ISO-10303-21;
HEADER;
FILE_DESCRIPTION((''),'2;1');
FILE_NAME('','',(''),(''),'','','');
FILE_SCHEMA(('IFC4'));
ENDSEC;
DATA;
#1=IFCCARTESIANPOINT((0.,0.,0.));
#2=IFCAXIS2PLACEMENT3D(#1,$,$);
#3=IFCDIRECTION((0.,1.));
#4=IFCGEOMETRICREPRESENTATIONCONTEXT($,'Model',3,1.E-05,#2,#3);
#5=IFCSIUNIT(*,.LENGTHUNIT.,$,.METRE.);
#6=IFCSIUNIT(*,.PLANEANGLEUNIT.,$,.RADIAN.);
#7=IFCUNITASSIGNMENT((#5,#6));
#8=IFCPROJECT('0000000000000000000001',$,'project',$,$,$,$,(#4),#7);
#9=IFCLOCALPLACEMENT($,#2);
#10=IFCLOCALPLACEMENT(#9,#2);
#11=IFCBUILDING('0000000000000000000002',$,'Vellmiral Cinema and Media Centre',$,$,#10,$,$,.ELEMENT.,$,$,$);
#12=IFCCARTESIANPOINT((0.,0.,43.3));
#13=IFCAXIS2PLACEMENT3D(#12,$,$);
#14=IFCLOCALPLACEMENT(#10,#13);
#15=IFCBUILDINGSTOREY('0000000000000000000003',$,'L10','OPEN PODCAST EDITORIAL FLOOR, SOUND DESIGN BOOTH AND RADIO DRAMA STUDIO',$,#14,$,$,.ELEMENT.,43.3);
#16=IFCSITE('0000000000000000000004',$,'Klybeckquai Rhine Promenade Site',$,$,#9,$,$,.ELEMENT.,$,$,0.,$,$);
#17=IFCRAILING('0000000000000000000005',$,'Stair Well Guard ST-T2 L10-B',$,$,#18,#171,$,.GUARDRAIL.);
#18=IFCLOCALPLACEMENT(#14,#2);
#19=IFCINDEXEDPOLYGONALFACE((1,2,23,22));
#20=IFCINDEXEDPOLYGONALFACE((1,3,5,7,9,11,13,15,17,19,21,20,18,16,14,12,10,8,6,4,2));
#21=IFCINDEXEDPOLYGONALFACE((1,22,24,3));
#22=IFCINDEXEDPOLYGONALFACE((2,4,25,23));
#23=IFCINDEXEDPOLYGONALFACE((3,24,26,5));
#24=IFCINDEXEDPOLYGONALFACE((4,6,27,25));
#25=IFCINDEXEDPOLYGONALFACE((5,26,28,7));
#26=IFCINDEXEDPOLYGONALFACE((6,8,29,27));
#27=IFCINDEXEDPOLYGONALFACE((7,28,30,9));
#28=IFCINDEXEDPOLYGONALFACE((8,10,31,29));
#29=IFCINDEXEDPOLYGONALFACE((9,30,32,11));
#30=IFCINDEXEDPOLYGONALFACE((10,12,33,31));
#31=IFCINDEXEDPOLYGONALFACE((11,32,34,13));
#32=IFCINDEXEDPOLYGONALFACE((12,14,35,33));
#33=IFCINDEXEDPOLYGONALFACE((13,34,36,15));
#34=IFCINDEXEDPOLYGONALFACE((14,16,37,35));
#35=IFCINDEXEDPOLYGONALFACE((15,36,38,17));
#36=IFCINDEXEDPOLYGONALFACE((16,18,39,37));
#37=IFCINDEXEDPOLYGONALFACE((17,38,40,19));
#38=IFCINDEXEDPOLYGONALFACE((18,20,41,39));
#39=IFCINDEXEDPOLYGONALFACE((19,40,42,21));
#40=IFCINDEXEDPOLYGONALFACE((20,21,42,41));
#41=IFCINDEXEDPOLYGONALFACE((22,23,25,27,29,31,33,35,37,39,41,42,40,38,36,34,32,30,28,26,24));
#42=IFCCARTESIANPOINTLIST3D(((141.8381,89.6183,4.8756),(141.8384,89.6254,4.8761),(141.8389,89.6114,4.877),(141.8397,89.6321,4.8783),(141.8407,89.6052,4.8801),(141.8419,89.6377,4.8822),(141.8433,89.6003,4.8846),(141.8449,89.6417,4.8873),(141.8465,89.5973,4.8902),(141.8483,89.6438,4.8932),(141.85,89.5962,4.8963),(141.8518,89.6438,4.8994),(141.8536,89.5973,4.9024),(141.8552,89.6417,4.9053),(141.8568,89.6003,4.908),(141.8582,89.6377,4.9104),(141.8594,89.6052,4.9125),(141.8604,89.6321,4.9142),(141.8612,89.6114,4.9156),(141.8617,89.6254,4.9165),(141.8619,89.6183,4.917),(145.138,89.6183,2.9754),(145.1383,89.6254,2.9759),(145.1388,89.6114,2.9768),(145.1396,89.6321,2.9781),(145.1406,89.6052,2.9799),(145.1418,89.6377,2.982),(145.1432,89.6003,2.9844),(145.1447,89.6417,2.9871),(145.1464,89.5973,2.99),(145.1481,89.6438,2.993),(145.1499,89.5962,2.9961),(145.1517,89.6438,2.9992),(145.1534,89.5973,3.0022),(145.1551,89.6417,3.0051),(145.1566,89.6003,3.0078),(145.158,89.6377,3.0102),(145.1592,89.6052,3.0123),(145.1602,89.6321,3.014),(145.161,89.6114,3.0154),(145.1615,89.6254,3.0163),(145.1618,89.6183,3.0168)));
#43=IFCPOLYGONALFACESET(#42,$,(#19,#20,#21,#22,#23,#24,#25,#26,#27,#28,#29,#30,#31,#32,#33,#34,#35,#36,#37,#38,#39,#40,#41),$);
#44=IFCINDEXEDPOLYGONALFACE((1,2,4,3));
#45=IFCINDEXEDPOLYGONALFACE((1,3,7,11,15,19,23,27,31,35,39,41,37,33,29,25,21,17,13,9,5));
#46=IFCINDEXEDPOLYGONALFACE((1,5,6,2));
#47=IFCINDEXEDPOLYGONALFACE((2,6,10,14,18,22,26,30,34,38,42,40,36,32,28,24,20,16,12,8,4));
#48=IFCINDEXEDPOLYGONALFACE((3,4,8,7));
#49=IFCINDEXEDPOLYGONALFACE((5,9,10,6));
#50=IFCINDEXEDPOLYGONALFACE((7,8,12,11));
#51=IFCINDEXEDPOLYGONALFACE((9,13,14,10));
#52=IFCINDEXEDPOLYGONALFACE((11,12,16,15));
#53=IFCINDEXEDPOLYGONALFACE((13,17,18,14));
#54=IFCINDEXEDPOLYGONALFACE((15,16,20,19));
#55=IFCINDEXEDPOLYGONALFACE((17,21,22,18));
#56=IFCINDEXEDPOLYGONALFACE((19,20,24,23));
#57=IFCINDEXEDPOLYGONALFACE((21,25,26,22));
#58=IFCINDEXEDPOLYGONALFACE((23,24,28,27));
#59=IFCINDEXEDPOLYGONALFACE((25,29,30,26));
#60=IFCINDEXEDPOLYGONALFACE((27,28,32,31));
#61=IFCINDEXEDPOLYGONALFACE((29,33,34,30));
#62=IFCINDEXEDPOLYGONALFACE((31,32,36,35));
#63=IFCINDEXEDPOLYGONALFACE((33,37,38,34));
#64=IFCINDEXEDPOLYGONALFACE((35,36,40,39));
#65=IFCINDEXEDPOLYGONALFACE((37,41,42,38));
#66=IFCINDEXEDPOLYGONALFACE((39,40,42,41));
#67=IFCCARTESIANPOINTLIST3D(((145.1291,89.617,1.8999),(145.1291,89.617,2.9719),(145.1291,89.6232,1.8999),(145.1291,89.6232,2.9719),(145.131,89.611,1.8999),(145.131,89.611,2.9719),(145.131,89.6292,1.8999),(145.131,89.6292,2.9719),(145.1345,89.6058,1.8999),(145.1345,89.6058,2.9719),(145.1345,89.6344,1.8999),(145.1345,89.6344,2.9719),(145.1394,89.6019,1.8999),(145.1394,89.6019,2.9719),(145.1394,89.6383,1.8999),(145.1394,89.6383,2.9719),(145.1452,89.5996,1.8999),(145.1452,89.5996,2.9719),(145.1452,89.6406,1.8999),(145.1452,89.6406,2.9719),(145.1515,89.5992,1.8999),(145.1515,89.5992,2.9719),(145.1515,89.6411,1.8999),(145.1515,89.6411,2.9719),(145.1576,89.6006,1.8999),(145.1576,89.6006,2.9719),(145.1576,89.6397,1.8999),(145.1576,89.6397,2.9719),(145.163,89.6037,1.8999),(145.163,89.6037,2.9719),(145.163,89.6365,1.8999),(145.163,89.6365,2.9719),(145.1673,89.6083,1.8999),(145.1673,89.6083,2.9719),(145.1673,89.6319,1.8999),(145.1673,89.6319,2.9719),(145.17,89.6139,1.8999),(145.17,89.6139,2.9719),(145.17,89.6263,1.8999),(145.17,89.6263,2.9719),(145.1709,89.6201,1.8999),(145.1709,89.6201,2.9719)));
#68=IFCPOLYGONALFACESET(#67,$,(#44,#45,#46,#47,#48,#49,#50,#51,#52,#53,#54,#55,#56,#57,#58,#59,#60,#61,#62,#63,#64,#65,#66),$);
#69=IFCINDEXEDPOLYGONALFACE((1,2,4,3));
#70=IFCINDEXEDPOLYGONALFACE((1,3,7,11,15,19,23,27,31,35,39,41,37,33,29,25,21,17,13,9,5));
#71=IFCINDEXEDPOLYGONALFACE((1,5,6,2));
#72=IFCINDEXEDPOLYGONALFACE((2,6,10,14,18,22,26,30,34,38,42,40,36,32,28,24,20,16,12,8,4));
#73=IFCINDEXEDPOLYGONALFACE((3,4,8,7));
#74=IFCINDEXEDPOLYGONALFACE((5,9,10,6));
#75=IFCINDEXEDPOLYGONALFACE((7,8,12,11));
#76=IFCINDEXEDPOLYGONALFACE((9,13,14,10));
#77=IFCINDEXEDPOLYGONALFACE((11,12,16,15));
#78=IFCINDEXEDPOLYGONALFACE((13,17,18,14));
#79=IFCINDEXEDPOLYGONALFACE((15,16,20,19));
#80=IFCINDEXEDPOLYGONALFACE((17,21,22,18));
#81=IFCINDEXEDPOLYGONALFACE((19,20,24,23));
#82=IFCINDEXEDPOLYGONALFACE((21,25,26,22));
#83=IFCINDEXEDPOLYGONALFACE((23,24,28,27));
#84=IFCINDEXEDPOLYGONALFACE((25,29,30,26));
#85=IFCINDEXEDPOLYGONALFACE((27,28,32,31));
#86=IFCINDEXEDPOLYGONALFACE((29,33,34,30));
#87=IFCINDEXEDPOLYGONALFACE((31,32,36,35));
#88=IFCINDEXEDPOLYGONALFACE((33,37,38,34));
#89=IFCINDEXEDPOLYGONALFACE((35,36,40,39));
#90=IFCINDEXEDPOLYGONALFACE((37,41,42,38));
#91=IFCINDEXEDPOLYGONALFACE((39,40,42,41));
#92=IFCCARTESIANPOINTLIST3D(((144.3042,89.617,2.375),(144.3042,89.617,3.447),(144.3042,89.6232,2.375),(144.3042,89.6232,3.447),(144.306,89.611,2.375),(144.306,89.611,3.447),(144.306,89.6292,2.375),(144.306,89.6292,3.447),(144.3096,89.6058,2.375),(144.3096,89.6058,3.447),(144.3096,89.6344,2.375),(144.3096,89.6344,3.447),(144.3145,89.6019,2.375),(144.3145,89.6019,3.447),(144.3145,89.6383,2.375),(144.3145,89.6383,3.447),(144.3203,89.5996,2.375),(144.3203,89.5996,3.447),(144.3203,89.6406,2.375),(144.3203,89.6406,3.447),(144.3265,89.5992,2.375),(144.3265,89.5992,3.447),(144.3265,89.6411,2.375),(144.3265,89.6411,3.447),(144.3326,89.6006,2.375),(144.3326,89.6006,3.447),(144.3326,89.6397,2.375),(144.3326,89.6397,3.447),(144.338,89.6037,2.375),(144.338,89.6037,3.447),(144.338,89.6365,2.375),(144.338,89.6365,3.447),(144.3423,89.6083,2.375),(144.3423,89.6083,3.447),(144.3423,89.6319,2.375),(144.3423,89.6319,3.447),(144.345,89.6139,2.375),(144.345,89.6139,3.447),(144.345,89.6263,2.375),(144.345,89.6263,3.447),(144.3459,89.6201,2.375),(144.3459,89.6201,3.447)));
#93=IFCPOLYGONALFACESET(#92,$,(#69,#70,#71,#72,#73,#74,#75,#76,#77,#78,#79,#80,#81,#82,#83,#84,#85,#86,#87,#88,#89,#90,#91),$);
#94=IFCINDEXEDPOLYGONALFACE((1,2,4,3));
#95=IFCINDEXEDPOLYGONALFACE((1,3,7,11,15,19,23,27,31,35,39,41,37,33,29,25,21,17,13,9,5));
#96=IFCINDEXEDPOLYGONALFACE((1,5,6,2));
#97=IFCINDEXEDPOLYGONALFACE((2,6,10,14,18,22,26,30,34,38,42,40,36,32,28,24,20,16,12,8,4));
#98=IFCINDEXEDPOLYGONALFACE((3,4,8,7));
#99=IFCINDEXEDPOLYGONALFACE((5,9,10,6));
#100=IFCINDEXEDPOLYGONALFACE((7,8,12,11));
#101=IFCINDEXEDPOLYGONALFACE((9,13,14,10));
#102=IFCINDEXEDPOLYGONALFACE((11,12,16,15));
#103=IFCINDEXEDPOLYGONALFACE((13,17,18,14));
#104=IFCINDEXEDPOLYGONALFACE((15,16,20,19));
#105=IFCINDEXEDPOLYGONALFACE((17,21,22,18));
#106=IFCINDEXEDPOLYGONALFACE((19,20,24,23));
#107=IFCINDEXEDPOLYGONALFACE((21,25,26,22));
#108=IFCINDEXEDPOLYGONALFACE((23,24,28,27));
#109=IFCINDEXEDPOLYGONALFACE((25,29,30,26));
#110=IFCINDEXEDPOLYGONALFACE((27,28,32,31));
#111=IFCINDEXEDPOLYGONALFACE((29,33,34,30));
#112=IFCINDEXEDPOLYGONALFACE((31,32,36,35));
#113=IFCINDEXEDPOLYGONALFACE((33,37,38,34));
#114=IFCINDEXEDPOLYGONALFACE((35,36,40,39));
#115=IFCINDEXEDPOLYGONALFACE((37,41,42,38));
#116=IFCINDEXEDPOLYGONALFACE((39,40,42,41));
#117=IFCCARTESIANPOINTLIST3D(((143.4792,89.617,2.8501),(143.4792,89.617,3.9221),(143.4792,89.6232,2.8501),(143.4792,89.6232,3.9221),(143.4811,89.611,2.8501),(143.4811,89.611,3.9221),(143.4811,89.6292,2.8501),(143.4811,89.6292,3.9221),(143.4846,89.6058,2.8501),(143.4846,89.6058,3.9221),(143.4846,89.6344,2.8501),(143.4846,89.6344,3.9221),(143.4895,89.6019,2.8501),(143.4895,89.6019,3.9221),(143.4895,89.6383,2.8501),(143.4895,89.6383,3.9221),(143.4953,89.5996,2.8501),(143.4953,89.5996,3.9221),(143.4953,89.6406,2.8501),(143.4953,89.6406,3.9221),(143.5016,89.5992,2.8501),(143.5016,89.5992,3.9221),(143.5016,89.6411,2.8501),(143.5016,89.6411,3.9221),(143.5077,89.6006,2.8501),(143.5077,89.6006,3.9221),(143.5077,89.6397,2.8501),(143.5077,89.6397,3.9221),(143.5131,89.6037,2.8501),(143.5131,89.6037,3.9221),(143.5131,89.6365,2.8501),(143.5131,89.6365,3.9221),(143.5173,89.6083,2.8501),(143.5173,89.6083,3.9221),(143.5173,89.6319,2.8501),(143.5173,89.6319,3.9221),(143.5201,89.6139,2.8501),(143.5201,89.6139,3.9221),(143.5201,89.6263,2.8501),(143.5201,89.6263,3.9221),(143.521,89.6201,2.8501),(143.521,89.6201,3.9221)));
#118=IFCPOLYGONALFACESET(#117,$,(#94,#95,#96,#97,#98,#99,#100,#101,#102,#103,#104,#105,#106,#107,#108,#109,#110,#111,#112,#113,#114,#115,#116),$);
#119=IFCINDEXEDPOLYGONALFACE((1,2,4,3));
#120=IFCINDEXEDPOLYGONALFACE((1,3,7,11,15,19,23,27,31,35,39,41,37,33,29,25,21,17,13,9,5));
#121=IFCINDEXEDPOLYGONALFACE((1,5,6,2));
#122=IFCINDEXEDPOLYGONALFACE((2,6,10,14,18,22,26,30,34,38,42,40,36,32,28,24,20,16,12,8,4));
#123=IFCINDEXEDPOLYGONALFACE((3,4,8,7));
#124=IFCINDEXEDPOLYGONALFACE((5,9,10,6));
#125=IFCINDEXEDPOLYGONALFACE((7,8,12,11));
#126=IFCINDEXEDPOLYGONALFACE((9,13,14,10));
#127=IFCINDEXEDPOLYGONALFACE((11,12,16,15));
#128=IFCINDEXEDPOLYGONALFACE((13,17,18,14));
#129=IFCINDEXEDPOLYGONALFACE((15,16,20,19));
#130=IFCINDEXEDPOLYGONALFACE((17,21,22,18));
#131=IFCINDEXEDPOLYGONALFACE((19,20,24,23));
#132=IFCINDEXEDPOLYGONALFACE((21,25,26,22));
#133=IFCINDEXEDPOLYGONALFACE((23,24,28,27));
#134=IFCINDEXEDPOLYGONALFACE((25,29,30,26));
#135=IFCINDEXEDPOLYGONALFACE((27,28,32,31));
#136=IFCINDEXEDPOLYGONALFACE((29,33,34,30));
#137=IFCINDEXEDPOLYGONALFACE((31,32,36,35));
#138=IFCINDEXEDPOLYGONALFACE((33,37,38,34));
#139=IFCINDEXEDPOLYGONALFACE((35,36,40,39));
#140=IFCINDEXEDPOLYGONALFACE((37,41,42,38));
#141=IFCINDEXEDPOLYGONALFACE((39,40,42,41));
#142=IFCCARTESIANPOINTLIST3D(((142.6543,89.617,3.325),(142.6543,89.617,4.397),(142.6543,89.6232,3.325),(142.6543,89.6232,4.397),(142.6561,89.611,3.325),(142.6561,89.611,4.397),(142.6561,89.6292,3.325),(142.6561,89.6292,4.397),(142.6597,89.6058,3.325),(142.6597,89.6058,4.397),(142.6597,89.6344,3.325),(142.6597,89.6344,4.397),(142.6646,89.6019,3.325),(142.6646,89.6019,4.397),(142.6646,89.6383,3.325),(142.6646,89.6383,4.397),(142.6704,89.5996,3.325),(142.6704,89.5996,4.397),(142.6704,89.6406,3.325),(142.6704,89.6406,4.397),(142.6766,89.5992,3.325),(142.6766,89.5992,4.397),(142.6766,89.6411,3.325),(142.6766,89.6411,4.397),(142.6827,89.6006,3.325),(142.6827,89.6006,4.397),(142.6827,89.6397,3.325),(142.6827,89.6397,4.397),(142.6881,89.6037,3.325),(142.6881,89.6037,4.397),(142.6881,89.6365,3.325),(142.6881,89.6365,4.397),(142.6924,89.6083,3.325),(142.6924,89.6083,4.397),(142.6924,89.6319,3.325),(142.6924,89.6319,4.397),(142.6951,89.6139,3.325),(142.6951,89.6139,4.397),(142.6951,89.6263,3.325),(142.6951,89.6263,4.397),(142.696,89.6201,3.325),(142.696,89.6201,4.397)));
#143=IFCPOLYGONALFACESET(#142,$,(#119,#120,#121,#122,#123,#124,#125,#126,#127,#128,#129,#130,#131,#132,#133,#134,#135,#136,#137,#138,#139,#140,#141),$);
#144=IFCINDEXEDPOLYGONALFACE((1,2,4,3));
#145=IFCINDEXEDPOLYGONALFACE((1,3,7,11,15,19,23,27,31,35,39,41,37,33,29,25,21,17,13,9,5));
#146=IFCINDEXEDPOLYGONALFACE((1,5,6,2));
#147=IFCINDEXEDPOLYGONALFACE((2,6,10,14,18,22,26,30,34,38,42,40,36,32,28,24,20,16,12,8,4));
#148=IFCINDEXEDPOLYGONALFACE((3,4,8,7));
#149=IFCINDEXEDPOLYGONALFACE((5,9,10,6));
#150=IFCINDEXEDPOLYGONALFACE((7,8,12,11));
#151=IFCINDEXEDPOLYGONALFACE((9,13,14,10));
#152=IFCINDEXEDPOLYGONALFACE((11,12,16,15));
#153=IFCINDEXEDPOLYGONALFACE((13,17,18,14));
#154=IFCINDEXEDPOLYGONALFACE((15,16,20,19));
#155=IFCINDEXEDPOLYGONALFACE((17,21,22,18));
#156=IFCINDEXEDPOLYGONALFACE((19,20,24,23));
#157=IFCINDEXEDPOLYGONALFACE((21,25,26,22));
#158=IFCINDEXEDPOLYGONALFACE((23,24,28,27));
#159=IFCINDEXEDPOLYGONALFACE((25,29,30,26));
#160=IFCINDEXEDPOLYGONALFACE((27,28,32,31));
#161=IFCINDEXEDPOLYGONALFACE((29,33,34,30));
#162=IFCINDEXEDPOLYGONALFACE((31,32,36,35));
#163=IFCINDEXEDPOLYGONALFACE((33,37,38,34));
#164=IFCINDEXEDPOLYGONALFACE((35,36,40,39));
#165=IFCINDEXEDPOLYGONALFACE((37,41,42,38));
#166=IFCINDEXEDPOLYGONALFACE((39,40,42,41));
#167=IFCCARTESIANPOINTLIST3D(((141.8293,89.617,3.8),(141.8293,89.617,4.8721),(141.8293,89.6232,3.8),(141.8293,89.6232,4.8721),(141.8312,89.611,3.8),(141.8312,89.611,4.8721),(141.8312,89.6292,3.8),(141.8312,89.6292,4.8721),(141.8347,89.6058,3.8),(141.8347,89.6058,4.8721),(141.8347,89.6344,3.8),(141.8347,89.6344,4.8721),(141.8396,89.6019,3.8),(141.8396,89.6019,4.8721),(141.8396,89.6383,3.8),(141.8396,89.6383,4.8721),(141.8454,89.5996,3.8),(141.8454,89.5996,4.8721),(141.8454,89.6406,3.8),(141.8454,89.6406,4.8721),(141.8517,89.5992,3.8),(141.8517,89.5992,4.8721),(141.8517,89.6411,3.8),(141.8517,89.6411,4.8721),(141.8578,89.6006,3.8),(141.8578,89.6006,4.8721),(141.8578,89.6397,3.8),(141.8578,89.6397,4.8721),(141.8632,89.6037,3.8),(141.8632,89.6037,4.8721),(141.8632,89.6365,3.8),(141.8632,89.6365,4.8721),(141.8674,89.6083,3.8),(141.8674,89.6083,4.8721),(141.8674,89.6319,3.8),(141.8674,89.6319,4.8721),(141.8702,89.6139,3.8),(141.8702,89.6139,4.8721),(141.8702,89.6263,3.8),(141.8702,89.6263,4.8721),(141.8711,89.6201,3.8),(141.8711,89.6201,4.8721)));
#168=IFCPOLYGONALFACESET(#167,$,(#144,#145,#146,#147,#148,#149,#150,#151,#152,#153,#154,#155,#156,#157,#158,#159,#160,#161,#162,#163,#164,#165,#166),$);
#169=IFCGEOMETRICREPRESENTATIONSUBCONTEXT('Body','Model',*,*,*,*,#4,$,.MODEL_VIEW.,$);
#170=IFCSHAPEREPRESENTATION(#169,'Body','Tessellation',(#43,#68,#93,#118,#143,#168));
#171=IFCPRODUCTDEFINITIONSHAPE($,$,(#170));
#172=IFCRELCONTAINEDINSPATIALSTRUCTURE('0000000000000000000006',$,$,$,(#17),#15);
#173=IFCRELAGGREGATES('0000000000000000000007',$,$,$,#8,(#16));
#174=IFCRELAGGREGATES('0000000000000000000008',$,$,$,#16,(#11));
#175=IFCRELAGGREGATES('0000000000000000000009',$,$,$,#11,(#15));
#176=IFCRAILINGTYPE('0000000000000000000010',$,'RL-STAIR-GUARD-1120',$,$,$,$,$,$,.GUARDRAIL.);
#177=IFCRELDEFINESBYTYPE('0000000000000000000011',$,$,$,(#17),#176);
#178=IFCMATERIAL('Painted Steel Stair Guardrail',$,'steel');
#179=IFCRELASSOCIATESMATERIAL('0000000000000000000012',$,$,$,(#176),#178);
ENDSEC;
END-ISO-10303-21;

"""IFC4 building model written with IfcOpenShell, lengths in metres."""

from ifc_helpers import new_model, si_unit, direction, frame, origin, origin_2d, place, context, subcontext, project, spatial, circle, extrude, material, type_object, element, save


model = new_model("IFC4")

# Units and contexts
model_context = context("Model", 3, precision=1e-05, world=origin(), true_north=direction((0.0, 1.0)))
body_context = subcontext(model_context, "Body", "Model", "MODEL_VIEW")
ifc_project = project(units=[si_unit("LENGTHUNIT", "METRE"), si_unit("PLANEANGLEUNIT", "RADIAN")], contexts=[model_context])

# Site, building, storey
site_placement = place(None, origin())
site = spatial("IfcSite", under=ifc_project, at=site_placement, Name="Klybeckquai Rhine Promenade Site", CompositionType="ELEMENT", RefElevation=0.0)
building_placement = place(site_placement, origin())
building = spatial("IfcBuilding", under=site, at=building_placement, Name="Vellmiral Cinema and Media Centre", CompositionType="ELEMENT")
storey_placement = place(building_placement, frame((0.0, 0.0, 43.3)))
storey = spatial("IfcBuildingStorey", under=building, at=storey_placement, Name="L10", Description="OPEN PODCAST EDITORIAL FLOOR, SOUND DESIGN BOOTH AND RADIO DRAMA STUDIO", CompositionType="ELEMENT", Elevation=43.3)

# Railing
ifc_material_1 = material(Name="Painted Steel Stair Guardrail", Category="steel")
railing_type_1 = type_object("IfcRailingType", Name="RL-STAIR-GUARD-1120", PredefinedType="GUARDRAIL", material=ifc_material_1)
railing_1_placement = place(storey_placement, frame((145.1499, 89.6201, 1.8999)))
element("IfcRailing", 1, at=railing_1_placement, inside=storey, type_object=railing_type_1, Name="Stair Well Guard ST-T2 L10-B", PredefinedType="GUARDRAIL", context=body_context, shape_type="SweptSolid", body=[
    extrude(circle(Radius=0.0239, at=origin_2d()), frame((0.0, 0.0, 1.0962), z_axis=(-0.866593, 0.0, 0.499016), x_axis=(0.0, -1.0, 0.0)), (0.0, 0.0, 1.0), 3.8079),
    extrude(circle(Radius=0.021, at=origin_2d()), origin(), (0.0, 0.0, 1.0), 1.072),
    extrude(circle(Radius=0.021, at=origin_2d()), frame((-0.825, 0.0, 0.4751)), (0.0, 0.0, 1.0), 1.072),
    extrude(circle(Radius=0.021, at=origin_2d()), frame((-1.6499, 0.0, 0.9502)), (0.0, 0.0, 1.0), 1.072),
    extrude(circle(Radius=0.021, at=origin_2d()), frame((-2.4749, 0.0, 1.425)), (0.0, 0.0, 1.0), 1.072),
    extrude(circle(Radius=0.021, at=origin_2d()), frame((-3.2998, 0.0, 1.9001)), (0.0, 0.0, 1.0), 1.072),
])

save(model, "model.ifc")
